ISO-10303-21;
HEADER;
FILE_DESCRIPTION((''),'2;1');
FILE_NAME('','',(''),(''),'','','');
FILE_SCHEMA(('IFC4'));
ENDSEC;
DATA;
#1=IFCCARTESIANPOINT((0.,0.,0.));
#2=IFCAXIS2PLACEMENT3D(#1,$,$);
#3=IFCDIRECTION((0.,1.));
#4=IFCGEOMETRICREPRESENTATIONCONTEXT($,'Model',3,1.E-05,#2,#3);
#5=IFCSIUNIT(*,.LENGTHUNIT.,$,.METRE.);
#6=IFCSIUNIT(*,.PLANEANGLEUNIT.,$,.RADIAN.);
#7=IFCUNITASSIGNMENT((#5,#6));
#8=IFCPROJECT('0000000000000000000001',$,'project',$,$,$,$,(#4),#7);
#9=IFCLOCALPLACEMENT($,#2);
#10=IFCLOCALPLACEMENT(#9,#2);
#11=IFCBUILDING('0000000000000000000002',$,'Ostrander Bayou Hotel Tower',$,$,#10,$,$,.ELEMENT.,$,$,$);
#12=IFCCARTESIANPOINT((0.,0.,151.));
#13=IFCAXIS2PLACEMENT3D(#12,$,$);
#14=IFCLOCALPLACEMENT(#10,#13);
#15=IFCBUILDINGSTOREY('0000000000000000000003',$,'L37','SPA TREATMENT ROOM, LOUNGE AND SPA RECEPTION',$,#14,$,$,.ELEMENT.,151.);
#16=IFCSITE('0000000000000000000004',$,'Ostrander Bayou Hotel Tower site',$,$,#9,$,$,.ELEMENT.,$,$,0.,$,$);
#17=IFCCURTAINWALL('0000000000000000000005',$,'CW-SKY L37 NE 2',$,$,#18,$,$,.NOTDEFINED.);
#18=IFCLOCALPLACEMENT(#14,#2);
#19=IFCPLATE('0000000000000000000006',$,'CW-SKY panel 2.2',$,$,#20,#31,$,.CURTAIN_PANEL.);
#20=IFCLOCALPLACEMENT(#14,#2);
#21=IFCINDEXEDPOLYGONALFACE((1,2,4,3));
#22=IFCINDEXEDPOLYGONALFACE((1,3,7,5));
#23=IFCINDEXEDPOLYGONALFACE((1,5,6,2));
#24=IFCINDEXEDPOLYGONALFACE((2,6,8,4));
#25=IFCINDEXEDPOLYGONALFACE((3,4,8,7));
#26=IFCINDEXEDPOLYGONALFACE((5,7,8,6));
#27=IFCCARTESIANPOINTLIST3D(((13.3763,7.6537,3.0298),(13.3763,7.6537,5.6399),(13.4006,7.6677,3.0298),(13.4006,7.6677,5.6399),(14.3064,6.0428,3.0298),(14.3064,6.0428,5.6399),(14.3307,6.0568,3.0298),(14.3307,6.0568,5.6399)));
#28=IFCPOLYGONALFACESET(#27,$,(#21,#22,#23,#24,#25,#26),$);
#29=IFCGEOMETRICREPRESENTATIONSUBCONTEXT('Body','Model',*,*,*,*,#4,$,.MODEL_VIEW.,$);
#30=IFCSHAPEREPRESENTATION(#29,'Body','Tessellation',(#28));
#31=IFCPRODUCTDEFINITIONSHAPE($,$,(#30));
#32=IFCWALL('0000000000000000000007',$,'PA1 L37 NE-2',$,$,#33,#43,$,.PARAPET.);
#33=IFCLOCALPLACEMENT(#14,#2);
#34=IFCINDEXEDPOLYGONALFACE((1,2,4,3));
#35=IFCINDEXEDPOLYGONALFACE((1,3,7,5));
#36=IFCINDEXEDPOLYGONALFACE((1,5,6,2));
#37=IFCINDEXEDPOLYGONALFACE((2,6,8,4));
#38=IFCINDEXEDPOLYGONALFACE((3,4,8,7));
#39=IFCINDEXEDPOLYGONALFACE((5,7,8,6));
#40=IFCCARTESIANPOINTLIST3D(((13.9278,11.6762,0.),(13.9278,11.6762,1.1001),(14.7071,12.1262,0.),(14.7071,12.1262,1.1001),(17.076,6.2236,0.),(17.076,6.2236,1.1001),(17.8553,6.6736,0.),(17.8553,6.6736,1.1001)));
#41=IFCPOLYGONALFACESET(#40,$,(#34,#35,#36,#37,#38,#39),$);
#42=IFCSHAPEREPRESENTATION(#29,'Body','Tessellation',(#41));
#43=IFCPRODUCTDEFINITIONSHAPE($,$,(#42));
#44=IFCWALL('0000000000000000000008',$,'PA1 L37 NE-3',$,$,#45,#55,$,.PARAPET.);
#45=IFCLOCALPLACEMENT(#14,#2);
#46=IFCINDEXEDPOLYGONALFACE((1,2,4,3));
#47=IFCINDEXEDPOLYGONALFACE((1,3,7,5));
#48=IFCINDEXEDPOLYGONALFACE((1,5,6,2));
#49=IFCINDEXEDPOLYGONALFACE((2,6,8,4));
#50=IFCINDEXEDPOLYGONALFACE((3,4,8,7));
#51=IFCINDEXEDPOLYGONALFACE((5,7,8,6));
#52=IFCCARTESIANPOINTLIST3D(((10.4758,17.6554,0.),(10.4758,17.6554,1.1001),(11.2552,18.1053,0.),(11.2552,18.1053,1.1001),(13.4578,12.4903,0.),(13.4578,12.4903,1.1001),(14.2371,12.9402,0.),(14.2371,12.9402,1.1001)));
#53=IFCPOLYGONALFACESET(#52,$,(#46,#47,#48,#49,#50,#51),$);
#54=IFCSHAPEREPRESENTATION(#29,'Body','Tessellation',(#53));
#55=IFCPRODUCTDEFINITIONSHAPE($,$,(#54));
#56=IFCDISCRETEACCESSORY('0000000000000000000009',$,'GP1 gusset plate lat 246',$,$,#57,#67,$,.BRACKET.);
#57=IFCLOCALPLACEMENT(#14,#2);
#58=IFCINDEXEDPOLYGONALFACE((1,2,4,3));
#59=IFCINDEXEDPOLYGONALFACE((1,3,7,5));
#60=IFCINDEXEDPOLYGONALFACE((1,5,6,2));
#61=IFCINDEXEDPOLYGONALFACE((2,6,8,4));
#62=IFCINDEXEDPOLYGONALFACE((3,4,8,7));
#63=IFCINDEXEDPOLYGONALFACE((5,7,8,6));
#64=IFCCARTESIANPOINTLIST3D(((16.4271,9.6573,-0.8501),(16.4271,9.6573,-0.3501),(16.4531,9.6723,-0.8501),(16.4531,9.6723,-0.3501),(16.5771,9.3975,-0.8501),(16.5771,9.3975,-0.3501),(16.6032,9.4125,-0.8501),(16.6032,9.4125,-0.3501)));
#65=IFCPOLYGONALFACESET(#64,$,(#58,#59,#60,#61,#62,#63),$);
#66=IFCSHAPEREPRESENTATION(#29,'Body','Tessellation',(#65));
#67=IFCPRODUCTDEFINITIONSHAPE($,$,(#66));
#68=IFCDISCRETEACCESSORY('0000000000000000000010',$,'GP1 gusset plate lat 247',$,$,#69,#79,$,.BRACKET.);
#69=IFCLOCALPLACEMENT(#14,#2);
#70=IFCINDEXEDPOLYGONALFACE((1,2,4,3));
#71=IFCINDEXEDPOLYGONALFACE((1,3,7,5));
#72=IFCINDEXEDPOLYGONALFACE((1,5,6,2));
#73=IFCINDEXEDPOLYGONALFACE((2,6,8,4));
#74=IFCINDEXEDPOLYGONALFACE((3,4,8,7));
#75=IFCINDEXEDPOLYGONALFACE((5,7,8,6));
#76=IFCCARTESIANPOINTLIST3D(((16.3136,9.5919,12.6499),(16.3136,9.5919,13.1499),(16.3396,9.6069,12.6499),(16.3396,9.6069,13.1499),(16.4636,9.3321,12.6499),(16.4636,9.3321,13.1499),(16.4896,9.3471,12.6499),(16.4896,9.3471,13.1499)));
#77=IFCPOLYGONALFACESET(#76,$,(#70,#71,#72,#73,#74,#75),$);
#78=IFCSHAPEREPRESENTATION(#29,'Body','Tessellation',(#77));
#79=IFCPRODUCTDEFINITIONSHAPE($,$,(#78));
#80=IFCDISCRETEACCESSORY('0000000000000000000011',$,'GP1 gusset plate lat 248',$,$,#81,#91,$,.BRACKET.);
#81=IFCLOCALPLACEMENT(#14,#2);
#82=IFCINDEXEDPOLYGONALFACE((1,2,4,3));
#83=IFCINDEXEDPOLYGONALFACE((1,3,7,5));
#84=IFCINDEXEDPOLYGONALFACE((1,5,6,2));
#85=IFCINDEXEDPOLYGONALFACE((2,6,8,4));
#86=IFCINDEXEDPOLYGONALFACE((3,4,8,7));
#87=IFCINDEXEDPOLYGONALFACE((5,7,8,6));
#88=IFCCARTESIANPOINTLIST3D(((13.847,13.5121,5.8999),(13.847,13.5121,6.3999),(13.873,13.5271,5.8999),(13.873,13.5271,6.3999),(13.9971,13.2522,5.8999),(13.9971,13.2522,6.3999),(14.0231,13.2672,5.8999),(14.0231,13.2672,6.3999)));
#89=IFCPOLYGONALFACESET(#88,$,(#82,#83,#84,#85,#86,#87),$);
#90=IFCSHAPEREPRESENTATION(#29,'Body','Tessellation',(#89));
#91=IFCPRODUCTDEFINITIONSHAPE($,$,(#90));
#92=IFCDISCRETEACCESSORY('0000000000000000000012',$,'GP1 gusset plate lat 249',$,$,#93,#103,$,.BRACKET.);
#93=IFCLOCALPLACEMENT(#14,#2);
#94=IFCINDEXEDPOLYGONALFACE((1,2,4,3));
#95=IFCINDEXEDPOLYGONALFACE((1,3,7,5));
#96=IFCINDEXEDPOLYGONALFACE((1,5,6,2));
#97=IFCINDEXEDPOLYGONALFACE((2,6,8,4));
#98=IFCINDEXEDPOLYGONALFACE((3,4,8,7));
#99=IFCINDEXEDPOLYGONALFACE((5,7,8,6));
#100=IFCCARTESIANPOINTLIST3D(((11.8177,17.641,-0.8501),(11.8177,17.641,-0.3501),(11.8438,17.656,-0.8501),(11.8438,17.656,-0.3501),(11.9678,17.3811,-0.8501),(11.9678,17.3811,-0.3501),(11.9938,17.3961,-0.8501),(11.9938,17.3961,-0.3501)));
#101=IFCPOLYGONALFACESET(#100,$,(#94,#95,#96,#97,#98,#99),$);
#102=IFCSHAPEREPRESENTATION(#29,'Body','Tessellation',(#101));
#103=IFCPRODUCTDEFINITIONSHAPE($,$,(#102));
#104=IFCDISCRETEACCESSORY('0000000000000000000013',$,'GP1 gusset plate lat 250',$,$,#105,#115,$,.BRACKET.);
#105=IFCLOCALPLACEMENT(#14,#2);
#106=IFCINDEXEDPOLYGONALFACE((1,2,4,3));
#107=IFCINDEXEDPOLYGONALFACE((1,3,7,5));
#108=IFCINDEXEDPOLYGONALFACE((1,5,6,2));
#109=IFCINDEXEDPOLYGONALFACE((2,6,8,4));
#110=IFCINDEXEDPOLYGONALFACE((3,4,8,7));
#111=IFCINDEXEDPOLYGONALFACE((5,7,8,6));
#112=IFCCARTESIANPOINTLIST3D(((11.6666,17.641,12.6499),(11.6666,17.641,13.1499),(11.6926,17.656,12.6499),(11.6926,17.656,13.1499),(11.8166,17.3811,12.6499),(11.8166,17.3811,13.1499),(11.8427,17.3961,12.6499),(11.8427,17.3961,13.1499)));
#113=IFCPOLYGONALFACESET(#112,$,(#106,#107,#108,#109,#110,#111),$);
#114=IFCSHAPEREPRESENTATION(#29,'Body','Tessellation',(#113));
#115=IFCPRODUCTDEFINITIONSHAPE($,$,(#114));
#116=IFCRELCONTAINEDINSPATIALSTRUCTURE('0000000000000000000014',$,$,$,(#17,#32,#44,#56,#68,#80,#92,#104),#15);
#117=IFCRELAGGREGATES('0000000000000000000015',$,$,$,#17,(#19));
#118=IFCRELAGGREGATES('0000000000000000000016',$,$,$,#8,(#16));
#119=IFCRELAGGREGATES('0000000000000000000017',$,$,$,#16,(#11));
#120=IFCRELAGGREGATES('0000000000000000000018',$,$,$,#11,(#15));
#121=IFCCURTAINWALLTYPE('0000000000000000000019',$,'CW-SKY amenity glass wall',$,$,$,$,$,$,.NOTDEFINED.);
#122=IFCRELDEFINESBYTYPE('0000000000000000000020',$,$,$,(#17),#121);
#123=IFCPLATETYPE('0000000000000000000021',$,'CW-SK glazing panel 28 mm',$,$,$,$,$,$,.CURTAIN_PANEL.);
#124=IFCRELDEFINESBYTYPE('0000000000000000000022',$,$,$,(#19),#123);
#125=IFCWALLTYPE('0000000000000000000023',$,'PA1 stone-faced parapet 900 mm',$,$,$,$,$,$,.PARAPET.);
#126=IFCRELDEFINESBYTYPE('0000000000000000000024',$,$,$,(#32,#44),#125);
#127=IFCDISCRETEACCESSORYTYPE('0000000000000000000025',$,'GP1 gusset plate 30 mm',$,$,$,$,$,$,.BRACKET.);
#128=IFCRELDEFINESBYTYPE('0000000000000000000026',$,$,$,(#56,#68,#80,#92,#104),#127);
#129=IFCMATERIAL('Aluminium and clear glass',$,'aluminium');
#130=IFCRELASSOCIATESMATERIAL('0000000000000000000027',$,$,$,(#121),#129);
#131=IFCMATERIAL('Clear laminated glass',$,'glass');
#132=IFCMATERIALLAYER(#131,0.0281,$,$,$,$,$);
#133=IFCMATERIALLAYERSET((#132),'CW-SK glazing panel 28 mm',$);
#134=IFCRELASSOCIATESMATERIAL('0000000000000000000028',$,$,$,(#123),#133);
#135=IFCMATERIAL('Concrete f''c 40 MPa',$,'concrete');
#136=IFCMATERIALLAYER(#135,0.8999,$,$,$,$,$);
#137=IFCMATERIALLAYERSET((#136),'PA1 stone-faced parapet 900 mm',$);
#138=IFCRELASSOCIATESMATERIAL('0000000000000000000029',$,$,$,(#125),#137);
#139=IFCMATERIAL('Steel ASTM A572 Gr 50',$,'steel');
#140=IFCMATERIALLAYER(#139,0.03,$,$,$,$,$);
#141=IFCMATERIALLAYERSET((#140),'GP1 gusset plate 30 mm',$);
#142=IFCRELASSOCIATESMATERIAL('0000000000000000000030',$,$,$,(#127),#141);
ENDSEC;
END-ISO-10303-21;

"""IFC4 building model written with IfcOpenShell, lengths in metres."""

from ifc_helpers import new_model, si_unit, direction, frame, frame_2d, origin, origin_2d, place, context, subcontext, project, spatial, rectangle, extrude, material, layer, layer_set, type_object, element, aggregate, save


model = new_model("IFC4")

# Units and contexts
model_context = context("Model", 3, precision=1e-05, world=origin(), true_north=direction((0.0, 1.0)))
body_context = subcontext(model_context, "Body", "Model", "MODEL_VIEW")
ifc_project = project(units=[si_unit("LENGTHUNIT", "METRE"), si_unit("PLANEANGLEUNIT", "RADIAN")], contexts=[model_context])

# Site, building, storey
site_placement = place(None, origin())
site = spatial("IfcSite", under=ifc_project, at=site_placement, Name="Ostrander Bayou Hotel Tower site", CompositionType="ELEMENT", RefElevation=0.0)
building_placement = place(site_placement, origin())
building = spatial("IfcBuilding", under=site, at=building_placement, Name="Ostrander Bayou Hotel Tower", CompositionType="ELEMENT")
storey_placement = place(building_placement, frame((0.0, 0.0, 151.0)))
storey = spatial("IfcBuildingStorey", under=building, at=storey_placement, Name="L37", Description="SPA TREATMENT ROOM, LOUNGE AND SPA RECEPTION", CompositionType="ELEMENT", Elevation=151.0)

# Curtain wall
ifc_material_1 = material(Name="Aluminium and clear glass", Category="aluminium")
curtain_wall_type_1 = type_object("IfcCurtainWallType", Name="CW-SKY amenity glass wall", PredefinedType="NOTDEFINED", material=ifc_material_1)
curtain_wall_1_placement = place(storey_placement, origin())
curtain_wall_1 = element("IfcCurtainWall", 1, at=curtain_wall_1_placement, inside=storey, type_object=curtain_wall_type_1, Name="CW-SKY L37 NE 2", PredefinedType="NOTDEFINED")

# Plate
ifc_material_2 = material(Name="Clear laminated glass", Category="glass")
ifc_layer_1 = layer(ifc_material_2, 0.0281)
ifc_layer_set_1 = layer_set([ifc_layer_1], Name="CW-SK glazing panel 28 mm")
plate_type_1 = type_object("IfcPlateType", Name="CW-SK glazing panel 28 mm", PredefinedType="CURTAIN_PANEL", material=ifc_layer_set_1)
plate_1_placement = place(storey_placement, frame((13.8535, 6.8552, 3.0298), z_axis=(0.0, 0.0, 1.0), x_axis=(-0.5, 0.866025, 0.0)))
plate_1 = element("IfcPlate", 2, at=plate_1_placement, type_object=plate_type_1, Name="CW-SKY panel 2.2", PredefinedType="CURTAIN_PANEL", context=body_context, shape_type="SweptSolid", body=[
    extrude(rectangle(XDim=1.8601, YDim=0.0281, at=origin_2d()), origin(), (0.0, 0.0, 1.0), 2.6101),
])
aggregate(curtain_wall_1, [plate_1])

# Walls
ifc_material_3 = material(Name="Concrete f'c 40 MPa", Category="concrete")
ifc_layer_2 = layer(ifc_material_3, 0.8999)
ifc_layer_set_2 = layer_set([ifc_layer_2], Name="PA1 stone-faced parapet 900 mm")
wall_type_1 = type_object("IfcWallType", Name="PA1 stone-faced parapet 900 mm", PredefinedType="PARAPET", material=ifc_layer_set_2)
wall_1_placement = place(storey_placement, frame((17.4656, 6.4487, 0.0), z_axis=(0.0, 0.0, 1.0), x_axis=(-0.500013, 0.866018, 0.0)))
element("IfcWall", 3, at=wall_1_placement, inside=storey, type_object=wall_type_1, Name="PA1 L37 NE-2", PredefinedType="PARAPET", context=body_context, shape_type="SweptSolid", body=[
    extrude(rectangle(XDim=6.2961, YDim=0.8999, at=frame_2d((3.1479, 0.0))), origin(), (0.0, 0.0, 1.0), 1.1001),
])
wall_2_placement = place(storey_placement, frame((13.8474, 12.7153, 0.0), z_axis=(0.0, 0.0, 1.0), x_axis=(-0.499987, 0.866033, 0.0)))
element("IfcWall", 4, at=wall_2_placement, inside=storey, type_object=wall_type_1, Name="PA1 L37 NE-3", PredefinedType="PARAPET", context=body_context, shape_type="SweptSolid", body=[
    extrude(rectangle(XDim=5.9641, YDim=0.8999, at=frame_2d((2.9819, 0.0))), origin(), (0.0, 0.0, 1.0), 1.1001),
])

# Discrete accessories
ifc_material_4 = material(Name="Steel ASTM A572 Gr 50", Category="steel")
ifc_layer_3 = layer(ifc_material_4, 0.03)
ifc_layer_set_3 = layer_set([ifc_layer_3], Name="GP1 gusset plate 30 mm")
discrete_accessory_type = type_object("IfcDiscreteAccessoryType", Name="GP1 gusset plate 30 mm", PredefinedType="BRACKET", material=ifc_layer_set_3)
for number, where, z_axis, x_axis, name in (
    (5, (16.5151, 9.5349, -0.8501), (0.0, 0.0, 1.0), (-0.5, 0.866025, 0.0), "GP1 gusset plate lat 246"),
    (6, (16.4016, 9.4695, 12.6499), (0.0, 0.0, 1.0), (-0.5, 0.866025, 0.0), "GP1 gusset plate lat 247"),
    (7, (13.9351, 13.3896, 5.8999), (0.0, 0.0, 1.0), (-0.5, 0.866025, 0.0), "GP1 gusset plate lat 248"),
    (8, (11.9058, 17.5186, -0.8501), (0.0, 0.0, 1.0), (-0.5, 0.866025, 0.0), "GP1 gusset plate lat 249"),
    (9, (11.7546, 17.5186, 12.6499), (0.0, 0.0, 1.0), (-0.5, 0.866025, 0.0), "GP1 gusset plate lat 250"),
):
    element("IfcDiscreteAccessory", number, at=place(storey_placement, frame(where, z_axis=z_axis, x_axis=x_axis)), inside=storey, type_object=discrete_accessory_type, Name=name, PredefinedType="BRACKET", context=body_context, shape_type="SweptSolid", body=[
        extrude(rectangle(XDim=0.3, YDim=0.03, at=origin_2d()), origin(), (0.0, 0.0, 1.0), 0.5),
    ])

save(model, "model.ifc")
